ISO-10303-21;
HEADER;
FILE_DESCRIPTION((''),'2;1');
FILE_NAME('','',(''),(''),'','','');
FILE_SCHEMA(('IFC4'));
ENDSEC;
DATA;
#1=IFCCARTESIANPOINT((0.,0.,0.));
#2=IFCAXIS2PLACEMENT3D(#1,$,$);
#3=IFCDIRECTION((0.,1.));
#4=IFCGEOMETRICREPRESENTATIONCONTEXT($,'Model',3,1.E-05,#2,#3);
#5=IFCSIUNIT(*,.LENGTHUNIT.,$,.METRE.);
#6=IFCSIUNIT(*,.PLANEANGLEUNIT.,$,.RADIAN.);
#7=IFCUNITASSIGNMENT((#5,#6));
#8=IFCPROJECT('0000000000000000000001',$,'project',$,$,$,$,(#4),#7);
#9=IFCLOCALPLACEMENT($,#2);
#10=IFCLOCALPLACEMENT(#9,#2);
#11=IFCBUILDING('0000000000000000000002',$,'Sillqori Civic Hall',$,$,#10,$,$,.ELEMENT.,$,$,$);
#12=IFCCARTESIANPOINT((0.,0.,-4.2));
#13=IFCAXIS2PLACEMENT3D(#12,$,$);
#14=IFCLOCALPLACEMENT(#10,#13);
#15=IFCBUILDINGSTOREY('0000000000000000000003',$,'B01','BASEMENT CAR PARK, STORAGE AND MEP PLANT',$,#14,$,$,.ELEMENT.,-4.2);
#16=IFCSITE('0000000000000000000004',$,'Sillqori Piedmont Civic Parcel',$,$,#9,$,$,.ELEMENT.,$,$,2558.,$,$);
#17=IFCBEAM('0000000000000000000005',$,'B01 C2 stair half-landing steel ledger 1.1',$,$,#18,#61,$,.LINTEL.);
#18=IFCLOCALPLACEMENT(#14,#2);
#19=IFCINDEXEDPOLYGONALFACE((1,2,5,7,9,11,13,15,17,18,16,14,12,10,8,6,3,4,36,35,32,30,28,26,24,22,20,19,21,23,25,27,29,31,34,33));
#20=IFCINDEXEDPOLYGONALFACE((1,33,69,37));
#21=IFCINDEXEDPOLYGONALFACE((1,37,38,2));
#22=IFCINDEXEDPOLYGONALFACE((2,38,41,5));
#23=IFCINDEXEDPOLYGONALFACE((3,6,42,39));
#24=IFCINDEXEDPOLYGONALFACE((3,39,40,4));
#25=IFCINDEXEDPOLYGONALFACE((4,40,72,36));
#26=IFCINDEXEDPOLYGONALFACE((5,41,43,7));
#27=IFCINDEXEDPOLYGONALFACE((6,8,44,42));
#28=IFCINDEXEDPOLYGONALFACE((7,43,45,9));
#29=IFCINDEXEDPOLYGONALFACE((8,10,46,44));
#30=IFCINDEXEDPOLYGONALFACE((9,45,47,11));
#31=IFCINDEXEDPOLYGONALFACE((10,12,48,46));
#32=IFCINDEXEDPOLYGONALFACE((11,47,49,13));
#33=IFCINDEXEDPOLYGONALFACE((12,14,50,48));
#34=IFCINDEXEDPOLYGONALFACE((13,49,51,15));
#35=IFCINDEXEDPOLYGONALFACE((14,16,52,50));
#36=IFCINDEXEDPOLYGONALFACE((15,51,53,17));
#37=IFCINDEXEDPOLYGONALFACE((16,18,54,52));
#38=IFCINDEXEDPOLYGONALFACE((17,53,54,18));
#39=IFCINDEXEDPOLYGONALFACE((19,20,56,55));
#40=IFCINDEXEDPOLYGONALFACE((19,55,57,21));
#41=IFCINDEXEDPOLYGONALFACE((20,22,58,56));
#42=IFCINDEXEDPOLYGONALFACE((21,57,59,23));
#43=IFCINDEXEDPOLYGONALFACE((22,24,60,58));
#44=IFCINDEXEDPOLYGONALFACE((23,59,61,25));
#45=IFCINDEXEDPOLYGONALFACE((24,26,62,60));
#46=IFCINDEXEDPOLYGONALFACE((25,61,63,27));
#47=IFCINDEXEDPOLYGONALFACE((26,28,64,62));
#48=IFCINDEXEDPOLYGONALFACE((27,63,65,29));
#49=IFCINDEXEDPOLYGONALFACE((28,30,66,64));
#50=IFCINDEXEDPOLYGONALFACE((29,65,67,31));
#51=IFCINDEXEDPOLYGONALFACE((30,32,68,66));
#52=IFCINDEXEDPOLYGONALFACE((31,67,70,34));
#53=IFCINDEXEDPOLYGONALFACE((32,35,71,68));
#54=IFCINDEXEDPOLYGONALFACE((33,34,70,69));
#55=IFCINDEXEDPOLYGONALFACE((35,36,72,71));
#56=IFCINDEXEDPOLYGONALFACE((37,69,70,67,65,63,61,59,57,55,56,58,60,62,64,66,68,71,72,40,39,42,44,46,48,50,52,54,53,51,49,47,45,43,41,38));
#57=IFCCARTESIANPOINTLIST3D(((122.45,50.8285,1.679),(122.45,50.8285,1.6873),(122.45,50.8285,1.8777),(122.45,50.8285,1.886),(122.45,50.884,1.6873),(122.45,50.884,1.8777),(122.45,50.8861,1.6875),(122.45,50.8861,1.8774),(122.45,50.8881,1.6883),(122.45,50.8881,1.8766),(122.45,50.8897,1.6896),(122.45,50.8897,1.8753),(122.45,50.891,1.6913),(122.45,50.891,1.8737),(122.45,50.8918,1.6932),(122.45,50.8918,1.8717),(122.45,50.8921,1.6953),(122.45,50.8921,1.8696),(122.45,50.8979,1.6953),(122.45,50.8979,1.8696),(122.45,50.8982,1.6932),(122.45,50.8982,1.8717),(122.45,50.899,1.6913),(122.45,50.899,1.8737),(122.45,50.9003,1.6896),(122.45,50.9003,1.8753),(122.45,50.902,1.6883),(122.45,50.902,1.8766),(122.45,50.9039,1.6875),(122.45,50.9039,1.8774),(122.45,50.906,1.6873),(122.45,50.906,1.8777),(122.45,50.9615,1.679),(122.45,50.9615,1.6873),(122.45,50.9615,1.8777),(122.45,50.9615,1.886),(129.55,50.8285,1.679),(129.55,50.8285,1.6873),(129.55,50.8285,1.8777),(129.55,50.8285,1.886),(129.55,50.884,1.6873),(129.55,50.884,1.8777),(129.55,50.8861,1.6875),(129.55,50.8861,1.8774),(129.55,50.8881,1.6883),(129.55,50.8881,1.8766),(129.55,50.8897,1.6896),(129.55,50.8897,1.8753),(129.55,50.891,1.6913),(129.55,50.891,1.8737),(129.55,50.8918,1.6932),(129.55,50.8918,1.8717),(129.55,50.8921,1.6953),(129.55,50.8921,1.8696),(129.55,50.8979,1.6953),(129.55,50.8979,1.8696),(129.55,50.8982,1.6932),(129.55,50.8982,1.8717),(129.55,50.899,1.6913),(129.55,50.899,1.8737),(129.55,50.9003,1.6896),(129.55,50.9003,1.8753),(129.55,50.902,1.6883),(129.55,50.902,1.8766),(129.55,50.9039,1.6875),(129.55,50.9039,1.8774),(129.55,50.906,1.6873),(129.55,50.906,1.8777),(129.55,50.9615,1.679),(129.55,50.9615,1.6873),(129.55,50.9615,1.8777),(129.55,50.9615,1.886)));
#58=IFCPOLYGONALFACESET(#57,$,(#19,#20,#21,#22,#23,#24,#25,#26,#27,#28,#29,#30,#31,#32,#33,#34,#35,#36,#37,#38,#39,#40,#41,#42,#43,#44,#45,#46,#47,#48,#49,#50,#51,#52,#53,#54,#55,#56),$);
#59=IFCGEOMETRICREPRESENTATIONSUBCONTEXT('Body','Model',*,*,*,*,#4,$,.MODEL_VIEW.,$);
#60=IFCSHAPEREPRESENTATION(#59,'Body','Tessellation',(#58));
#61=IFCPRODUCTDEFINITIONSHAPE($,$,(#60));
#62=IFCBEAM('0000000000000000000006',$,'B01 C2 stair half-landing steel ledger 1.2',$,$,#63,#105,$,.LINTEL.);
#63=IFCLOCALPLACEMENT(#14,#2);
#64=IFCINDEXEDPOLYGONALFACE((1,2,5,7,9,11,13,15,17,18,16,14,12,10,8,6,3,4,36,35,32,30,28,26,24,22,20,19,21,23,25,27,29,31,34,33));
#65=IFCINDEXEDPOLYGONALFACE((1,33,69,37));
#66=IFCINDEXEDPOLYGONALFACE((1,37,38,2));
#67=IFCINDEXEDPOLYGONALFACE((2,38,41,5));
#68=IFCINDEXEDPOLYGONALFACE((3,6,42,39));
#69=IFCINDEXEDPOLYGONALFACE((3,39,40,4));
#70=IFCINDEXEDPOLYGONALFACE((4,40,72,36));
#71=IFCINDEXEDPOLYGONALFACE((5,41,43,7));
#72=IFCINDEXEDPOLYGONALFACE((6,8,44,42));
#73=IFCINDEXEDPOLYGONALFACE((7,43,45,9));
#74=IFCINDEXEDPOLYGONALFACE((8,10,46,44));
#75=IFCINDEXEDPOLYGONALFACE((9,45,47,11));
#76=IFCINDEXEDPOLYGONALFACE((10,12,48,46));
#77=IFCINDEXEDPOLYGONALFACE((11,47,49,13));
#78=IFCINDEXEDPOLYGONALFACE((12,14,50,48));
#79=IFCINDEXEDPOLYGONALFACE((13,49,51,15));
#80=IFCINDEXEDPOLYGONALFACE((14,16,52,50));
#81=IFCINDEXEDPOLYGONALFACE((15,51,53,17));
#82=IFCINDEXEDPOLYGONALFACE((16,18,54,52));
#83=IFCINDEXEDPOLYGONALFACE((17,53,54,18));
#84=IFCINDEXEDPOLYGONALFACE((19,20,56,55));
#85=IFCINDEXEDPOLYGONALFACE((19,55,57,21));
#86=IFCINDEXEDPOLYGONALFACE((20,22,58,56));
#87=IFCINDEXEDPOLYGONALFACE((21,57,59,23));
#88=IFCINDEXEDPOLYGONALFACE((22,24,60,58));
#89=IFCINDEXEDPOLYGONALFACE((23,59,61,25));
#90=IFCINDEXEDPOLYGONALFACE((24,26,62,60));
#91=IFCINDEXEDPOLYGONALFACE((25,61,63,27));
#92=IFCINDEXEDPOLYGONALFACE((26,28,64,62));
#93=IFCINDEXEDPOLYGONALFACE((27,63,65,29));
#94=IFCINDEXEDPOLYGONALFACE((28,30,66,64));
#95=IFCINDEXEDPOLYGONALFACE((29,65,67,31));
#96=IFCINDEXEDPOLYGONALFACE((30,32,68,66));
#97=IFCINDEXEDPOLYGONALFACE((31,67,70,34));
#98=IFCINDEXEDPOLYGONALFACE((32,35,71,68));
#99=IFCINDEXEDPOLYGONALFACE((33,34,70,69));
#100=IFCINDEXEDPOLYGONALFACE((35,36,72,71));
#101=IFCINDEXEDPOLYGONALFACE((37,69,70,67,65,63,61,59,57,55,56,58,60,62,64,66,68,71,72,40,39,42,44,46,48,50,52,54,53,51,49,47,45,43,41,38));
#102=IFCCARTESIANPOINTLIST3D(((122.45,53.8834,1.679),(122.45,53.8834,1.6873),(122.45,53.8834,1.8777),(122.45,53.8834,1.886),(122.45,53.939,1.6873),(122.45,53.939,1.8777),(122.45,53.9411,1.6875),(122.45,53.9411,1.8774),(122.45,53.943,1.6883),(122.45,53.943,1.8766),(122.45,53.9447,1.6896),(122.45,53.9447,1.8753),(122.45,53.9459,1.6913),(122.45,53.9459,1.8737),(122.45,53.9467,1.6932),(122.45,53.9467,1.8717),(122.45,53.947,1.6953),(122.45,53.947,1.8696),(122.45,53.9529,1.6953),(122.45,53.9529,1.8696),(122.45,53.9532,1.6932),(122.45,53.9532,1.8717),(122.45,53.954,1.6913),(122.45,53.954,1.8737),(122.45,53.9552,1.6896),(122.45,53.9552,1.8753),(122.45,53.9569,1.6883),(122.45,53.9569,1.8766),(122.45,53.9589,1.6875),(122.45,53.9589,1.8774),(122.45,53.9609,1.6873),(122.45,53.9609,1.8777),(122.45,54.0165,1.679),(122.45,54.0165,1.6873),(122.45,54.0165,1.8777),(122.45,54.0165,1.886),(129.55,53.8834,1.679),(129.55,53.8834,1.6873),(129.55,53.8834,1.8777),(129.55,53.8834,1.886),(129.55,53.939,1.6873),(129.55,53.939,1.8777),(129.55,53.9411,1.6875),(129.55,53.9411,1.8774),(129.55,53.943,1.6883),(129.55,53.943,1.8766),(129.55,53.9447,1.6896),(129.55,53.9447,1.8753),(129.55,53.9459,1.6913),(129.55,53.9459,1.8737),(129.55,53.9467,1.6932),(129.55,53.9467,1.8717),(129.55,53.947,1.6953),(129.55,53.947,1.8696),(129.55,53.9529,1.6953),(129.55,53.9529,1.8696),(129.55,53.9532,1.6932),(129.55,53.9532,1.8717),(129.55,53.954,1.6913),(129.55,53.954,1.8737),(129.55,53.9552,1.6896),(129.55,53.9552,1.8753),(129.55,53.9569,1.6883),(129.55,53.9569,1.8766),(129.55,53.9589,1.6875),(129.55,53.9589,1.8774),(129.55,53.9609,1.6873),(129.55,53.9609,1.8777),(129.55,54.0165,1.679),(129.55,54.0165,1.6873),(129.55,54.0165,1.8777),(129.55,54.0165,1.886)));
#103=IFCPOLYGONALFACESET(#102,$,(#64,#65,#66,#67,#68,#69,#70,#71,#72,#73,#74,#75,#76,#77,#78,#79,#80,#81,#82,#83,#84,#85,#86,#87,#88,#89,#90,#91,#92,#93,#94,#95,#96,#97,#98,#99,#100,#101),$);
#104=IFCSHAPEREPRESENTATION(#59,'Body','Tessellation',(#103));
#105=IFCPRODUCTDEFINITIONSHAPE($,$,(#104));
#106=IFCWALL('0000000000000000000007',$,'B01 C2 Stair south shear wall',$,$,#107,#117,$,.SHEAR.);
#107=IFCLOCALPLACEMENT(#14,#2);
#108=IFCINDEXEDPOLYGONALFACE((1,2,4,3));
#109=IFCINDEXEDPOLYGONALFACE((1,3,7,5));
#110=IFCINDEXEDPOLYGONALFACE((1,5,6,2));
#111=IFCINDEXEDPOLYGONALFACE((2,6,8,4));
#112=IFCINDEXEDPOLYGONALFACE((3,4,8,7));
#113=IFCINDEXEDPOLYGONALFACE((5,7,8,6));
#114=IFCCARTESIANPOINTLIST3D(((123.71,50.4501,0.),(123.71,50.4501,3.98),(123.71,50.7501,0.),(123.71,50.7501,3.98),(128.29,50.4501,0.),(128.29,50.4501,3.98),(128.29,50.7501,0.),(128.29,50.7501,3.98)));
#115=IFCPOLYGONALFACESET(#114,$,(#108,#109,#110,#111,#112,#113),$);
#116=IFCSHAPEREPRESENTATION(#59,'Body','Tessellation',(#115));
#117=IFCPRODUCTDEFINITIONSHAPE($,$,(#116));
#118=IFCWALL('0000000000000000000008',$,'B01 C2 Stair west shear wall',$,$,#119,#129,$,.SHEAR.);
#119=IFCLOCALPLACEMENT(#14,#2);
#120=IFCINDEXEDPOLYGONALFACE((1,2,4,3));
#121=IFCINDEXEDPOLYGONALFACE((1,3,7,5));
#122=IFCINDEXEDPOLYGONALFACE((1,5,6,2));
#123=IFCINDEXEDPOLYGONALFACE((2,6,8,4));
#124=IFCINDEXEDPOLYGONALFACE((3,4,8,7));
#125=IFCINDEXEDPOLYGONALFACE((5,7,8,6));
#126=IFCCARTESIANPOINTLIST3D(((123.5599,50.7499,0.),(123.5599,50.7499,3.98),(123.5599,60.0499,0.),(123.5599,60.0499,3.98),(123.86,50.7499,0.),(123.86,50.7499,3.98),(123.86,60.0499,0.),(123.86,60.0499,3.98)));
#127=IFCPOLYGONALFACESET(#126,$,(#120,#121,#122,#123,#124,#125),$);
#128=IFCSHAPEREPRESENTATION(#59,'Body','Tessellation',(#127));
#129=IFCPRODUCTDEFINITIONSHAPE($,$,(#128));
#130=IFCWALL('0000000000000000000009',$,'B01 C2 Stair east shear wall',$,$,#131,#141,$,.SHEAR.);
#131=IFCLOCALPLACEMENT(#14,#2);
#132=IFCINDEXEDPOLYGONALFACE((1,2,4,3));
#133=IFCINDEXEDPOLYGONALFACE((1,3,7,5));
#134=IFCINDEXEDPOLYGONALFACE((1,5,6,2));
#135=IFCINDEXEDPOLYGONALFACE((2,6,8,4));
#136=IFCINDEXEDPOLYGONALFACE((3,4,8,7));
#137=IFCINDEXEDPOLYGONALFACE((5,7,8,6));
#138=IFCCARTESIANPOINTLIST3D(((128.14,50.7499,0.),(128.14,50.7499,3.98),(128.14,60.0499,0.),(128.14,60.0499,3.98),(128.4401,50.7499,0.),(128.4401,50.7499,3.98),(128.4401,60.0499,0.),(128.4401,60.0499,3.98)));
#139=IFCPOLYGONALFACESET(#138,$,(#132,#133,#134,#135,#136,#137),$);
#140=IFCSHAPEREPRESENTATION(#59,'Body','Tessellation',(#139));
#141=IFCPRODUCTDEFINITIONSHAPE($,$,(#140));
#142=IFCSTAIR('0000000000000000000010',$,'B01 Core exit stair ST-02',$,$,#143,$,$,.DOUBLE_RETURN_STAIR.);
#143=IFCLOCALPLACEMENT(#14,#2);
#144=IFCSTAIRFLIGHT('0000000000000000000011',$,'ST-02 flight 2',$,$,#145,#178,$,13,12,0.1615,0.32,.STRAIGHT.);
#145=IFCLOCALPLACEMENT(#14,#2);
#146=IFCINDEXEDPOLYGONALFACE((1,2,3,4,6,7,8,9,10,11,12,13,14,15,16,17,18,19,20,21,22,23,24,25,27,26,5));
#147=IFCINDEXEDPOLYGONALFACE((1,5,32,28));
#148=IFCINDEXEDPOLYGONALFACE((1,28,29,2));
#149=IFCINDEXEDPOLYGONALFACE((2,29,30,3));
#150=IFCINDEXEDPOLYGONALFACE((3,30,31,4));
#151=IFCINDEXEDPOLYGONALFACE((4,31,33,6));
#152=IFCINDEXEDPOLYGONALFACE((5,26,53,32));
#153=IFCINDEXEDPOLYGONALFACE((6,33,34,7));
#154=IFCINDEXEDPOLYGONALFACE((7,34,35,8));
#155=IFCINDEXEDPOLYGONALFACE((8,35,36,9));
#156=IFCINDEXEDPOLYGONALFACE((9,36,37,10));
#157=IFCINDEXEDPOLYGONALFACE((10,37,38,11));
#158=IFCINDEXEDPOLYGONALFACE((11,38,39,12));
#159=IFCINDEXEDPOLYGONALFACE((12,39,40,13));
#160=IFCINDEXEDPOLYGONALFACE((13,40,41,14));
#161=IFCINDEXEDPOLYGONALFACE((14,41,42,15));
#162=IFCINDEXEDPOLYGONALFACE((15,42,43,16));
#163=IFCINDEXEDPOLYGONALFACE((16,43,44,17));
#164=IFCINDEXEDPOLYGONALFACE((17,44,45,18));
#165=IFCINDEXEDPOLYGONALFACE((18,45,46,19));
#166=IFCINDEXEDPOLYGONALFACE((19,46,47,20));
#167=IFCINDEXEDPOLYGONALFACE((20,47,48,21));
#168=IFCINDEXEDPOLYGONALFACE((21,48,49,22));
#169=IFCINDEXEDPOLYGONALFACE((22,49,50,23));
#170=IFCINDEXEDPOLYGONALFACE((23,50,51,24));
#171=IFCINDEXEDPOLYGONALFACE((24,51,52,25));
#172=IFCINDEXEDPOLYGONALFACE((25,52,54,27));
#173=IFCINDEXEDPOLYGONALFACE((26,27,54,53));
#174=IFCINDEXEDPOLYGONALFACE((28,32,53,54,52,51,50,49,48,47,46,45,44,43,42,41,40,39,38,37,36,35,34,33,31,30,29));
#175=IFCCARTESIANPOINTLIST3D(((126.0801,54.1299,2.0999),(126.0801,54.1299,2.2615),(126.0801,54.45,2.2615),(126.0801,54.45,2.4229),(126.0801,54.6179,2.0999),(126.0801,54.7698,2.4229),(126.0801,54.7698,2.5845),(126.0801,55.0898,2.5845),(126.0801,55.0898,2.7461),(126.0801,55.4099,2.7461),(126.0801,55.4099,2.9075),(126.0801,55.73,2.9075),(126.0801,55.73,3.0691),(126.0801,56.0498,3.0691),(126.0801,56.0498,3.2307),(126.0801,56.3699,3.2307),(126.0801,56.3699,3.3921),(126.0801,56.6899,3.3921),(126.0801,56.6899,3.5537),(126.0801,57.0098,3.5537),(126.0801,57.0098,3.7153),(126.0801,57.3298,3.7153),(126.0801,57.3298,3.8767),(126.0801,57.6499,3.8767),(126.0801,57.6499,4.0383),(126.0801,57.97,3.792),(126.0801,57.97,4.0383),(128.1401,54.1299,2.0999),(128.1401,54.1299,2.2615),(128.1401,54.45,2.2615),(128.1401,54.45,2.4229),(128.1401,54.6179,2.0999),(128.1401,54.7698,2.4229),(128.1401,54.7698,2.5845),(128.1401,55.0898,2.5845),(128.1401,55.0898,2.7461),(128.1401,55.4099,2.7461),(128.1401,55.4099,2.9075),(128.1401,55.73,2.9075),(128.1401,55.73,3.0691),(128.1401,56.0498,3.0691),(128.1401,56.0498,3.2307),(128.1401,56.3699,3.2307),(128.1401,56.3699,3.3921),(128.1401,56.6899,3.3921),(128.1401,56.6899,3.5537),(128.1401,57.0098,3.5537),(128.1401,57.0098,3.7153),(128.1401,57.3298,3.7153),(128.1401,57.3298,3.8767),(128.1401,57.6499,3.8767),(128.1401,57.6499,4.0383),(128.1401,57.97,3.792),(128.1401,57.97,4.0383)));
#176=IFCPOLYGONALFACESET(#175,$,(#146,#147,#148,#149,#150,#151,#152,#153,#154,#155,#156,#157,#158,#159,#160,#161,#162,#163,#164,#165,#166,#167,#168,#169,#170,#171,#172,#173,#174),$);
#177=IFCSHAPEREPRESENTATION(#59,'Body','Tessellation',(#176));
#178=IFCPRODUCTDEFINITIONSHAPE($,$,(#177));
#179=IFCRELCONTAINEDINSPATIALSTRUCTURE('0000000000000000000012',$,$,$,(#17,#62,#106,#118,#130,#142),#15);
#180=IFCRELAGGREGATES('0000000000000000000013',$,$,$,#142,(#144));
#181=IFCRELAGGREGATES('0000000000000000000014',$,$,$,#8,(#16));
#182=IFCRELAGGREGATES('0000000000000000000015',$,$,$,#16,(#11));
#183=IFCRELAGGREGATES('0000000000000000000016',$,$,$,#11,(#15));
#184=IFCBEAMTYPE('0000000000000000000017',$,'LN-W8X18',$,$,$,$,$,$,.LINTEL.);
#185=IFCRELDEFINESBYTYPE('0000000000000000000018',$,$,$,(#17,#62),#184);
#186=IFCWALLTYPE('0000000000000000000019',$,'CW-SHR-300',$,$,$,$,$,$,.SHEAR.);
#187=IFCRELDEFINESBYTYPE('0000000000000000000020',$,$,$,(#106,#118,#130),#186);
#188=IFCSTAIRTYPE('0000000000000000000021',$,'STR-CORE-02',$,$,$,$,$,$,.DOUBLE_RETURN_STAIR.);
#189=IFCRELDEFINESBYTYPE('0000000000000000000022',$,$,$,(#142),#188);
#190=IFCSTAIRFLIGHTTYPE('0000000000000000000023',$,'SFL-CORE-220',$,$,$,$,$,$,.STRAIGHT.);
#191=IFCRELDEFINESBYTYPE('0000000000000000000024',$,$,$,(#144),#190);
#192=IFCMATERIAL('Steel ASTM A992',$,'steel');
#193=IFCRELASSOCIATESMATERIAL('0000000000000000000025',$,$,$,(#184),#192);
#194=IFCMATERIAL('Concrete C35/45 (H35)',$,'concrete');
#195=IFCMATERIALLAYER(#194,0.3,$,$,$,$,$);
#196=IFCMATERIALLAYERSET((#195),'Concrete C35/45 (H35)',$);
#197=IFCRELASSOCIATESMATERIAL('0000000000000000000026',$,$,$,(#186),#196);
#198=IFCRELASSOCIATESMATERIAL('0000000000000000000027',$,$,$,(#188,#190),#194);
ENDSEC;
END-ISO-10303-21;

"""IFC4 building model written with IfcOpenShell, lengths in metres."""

from ifc_helpers import new_model, si_unit, direction, frame, frame_2d, origin, origin_2d, place, context, subcontext, project, spatial, polyline, rectangle, i_section, outline, extrude, material, layer, layer_set, material_profile, profile_set, type_object, element, aggregate, save


model = new_model("IFC4")

# Units and contexts
model_context = context("Model", 3, precision=1e-05, world=origin(), true_north=direction((0.0, 1.0)))
body_context = subcontext(model_context, "Body", "Model", "MODEL_VIEW")
ifc_project = project(units=[si_unit("LENGTHUNIT", "METRE"), si_unit("PLANEANGLEUNIT", "RADIAN")], contexts=[model_context])

# Site, building, storey
site_placement = place(None, origin())
site = spatial("IfcSite", under=ifc_project, at=site_placement, Name="Sillqori Piedmont Civic Parcel", CompositionType="ELEMENT", RefElevation=2558.0)
building_placement = place(site_placement, origin())
building = spatial("IfcBuilding", under=site, at=building_placement, Name="Sillqori Civic Hall", CompositionType="ELEMENT")
storey_placement = place(building_placement, frame((0.0, 0.0, -4.2)))
storey = spatial("IfcBuildingStorey", under=building, at=storey_placement, Name="B01", Description="BASEMENT CAR PARK, STORAGE AND MEP PLANT", CompositionType="ELEMENT", Elevation=-4.2)

# Shared definitions
ifc_material_1 = material(Name="Concrete C35/45 (H35)", Category="concrete")

# Beams
ifc_material_2 = material(Name="Steel ASTM A992", Category="steel")
ifc_material_profile_1 = material_profile(ifc_material_2, i_section(OverallWidth=0.1331, OverallDepth=0.207, WebThickness=0.0059, FlangeThickness=0.0083, FilletRadius=0.0081, at=origin_2d()), Name="W8X18")
ifc_profile_set_1 = profile_set([ifc_material_profile_1], Name="Steel ASTM A992")
beam_type_1 = type_object("IfcBeamType", Name="LN-W8X18", PredefinedType="LINTEL", material=ifc_profile_set_1)
for number, where, z_axis, x_axis, name in (
    (1, (122.45, 50.895, 1.7825), (1.0, 0.0, 0.0), (0.0, 1.0, 0.0), "B01 C2 stair half-landing steel ledger 1.1"),
    (2, (122.45, 53.95, 1.7825), (1.0, 0.0, 0.0), (0.0, 1.0, 0.0), "B01 C2 stair half-landing steel ledger 1.2"),
):
    element("IfcBeam", number, at=place(storey_placement, frame(where, z_axis=z_axis, x_axis=x_axis)), inside=storey, type_object=beam_type_1, Name=name, PredefinedType="LINTEL", context=body_context, shape_type="SweptSolid", body=[
        extrude(i_section(OverallWidth=0.1331, OverallDepth=0.207, WebThickness=0.0059, FlangeThickness=0.0083, FilletRadius=0.0081, at=origin_2d()), origin(), (0.0, 0.0, 1.0), 7.1001),
    ])

# Walls
ifc_layer_1 = layer(ifc_material_1, 0.3)
ifc_layer_set_1 = layer_set([ifc_layer_1], Name="Concrete C35/45 (H35)")
wall_type = type_object("IfcWallType", Name="CW-SHR-300", PredefinedType="SHEAR", material=ifc_layer_set_1)
wall_placement = place(storey_placement, frame((123.71, 50.6001, 0.0), z_axis=(0.0, 0.0, 1.0), x_axis=(1.0, 0.0, 0.0)))
element("IfcWall", 3, at=wall_placement, inside=storey, type_object=wall_type, Name="B01 C2 Stair south shear wall", PredefinedType="SHEAR", context=body_context, shape_type="SweptSolid", body=[
    extrude(rectangle(XDim=4.5801, YDim=0.3, at=frame_2d((2.29, 0.0))), origin(), (0.0, 0.0, 1.0), 3.98),
])
for number, where, z_axis, x_axis, name in (
    (4, (123.71, 50.75, 0.0), (0.0, 0.0, 1.0), (0.0, 1.0, 0.0), "B01 C2 Stair west shear wall"),
    (5, (128.29, 50.75, 0.0), (0.0, 0.0, 1.0), (0.0, 1.0, 0.0), "B01 C2 Stair east shear wall"),
):
    element("IfcWall", number, at=place(storey_placement, frame(where, z_axis=z_axis, x_axis=x_axis)), inside=storey, type_object=wall_type, Name=name, PredefinedType="SHEAR", context=body_context, shape_type="SweptSolid", body=[
        extrude(rectangle(XDim=9.3, YDim=0.3, at=frame_2d((4.6499, 0.0))), origin(), (0.0, 0.0, 1.0), 3.98),
    ])

# Stair, stair flight
stair_type = type_object("IfcStairType", Name="STR-CORE-02", PredefinedType="DOUBLE_RETURN_STAIR", material=ifc_material_1)
stair_placement = place(storey_placement, origin())
stair = element("IfcStair", 6, at=stair_placement, inside=storey, type_object=stair_type, Name="B01 Core exit stair ST-02", PredefinedType="DOUBLE_RETURN_STAIR")
stair_flight_type = type_object("IfcStairFlightType", Name="SFL-CORE-220", PredefinedType="STRAIGHT", material=ifc_material_1)
stair_flight_placement = place(storey_placement, frame((127.1101, 54.1299, 2.0999), z_axis=(0.0, 0.0, 1.0), x_axis=(0.0, 1.0, 0.0)))
stair_flight = element("IfcStairFlight", 7, at=stair_flight_placement, type_object=stair_flight_type, Name="ST-02 flight 2", NumberOfRisers=13, NumberOfTreads=12, PredefinedType="STRAIGHT", RiserHeight=0.1615, TreadLength=0.32, context=body_context, shape_type="SweptSolid", body=[
    extrude(outline(polyline([(0.0, 0.0), (0.0, 0.1616), (0.3201, 0.1616), (0.3201, 0.323), (0.6399, 0.323), (0.6399, 0.4846), (0.96, 0.4846), (0.96, 0.6462), (1.28, 0.6462), (1.28, 0.8076), (1.6001, 0.8076), (1.6001, 0.9692), (1.9199, 0.9692), (1.9199, 1.1309), (2.24, 1.1309), (2.24, 1.2922), (2.5601, 1.2922), (2.5601, 1.4539), (2.8799, 1.4539), (2.8799, 1.6155), (3.2, 1.6155), (3.2, 1.7769), (3.52, 1.7769), (3.52, 1.9385), (3.8401, 1.9385), (3.8401, 2.1001), (3.8401, 1.6921), (0.488, 0.0), (0.0, 0.0)])), frame((0.0, 1.03, 0.0), z_axis=(0.0, -1.0, 0.0), x_axis=(1.0, 0.0, 0.0)), (0.0, 0.0, 1.0), 2.0601),
])
aggregate(stair, [stair_flight])

save(model, "model.ifc")
